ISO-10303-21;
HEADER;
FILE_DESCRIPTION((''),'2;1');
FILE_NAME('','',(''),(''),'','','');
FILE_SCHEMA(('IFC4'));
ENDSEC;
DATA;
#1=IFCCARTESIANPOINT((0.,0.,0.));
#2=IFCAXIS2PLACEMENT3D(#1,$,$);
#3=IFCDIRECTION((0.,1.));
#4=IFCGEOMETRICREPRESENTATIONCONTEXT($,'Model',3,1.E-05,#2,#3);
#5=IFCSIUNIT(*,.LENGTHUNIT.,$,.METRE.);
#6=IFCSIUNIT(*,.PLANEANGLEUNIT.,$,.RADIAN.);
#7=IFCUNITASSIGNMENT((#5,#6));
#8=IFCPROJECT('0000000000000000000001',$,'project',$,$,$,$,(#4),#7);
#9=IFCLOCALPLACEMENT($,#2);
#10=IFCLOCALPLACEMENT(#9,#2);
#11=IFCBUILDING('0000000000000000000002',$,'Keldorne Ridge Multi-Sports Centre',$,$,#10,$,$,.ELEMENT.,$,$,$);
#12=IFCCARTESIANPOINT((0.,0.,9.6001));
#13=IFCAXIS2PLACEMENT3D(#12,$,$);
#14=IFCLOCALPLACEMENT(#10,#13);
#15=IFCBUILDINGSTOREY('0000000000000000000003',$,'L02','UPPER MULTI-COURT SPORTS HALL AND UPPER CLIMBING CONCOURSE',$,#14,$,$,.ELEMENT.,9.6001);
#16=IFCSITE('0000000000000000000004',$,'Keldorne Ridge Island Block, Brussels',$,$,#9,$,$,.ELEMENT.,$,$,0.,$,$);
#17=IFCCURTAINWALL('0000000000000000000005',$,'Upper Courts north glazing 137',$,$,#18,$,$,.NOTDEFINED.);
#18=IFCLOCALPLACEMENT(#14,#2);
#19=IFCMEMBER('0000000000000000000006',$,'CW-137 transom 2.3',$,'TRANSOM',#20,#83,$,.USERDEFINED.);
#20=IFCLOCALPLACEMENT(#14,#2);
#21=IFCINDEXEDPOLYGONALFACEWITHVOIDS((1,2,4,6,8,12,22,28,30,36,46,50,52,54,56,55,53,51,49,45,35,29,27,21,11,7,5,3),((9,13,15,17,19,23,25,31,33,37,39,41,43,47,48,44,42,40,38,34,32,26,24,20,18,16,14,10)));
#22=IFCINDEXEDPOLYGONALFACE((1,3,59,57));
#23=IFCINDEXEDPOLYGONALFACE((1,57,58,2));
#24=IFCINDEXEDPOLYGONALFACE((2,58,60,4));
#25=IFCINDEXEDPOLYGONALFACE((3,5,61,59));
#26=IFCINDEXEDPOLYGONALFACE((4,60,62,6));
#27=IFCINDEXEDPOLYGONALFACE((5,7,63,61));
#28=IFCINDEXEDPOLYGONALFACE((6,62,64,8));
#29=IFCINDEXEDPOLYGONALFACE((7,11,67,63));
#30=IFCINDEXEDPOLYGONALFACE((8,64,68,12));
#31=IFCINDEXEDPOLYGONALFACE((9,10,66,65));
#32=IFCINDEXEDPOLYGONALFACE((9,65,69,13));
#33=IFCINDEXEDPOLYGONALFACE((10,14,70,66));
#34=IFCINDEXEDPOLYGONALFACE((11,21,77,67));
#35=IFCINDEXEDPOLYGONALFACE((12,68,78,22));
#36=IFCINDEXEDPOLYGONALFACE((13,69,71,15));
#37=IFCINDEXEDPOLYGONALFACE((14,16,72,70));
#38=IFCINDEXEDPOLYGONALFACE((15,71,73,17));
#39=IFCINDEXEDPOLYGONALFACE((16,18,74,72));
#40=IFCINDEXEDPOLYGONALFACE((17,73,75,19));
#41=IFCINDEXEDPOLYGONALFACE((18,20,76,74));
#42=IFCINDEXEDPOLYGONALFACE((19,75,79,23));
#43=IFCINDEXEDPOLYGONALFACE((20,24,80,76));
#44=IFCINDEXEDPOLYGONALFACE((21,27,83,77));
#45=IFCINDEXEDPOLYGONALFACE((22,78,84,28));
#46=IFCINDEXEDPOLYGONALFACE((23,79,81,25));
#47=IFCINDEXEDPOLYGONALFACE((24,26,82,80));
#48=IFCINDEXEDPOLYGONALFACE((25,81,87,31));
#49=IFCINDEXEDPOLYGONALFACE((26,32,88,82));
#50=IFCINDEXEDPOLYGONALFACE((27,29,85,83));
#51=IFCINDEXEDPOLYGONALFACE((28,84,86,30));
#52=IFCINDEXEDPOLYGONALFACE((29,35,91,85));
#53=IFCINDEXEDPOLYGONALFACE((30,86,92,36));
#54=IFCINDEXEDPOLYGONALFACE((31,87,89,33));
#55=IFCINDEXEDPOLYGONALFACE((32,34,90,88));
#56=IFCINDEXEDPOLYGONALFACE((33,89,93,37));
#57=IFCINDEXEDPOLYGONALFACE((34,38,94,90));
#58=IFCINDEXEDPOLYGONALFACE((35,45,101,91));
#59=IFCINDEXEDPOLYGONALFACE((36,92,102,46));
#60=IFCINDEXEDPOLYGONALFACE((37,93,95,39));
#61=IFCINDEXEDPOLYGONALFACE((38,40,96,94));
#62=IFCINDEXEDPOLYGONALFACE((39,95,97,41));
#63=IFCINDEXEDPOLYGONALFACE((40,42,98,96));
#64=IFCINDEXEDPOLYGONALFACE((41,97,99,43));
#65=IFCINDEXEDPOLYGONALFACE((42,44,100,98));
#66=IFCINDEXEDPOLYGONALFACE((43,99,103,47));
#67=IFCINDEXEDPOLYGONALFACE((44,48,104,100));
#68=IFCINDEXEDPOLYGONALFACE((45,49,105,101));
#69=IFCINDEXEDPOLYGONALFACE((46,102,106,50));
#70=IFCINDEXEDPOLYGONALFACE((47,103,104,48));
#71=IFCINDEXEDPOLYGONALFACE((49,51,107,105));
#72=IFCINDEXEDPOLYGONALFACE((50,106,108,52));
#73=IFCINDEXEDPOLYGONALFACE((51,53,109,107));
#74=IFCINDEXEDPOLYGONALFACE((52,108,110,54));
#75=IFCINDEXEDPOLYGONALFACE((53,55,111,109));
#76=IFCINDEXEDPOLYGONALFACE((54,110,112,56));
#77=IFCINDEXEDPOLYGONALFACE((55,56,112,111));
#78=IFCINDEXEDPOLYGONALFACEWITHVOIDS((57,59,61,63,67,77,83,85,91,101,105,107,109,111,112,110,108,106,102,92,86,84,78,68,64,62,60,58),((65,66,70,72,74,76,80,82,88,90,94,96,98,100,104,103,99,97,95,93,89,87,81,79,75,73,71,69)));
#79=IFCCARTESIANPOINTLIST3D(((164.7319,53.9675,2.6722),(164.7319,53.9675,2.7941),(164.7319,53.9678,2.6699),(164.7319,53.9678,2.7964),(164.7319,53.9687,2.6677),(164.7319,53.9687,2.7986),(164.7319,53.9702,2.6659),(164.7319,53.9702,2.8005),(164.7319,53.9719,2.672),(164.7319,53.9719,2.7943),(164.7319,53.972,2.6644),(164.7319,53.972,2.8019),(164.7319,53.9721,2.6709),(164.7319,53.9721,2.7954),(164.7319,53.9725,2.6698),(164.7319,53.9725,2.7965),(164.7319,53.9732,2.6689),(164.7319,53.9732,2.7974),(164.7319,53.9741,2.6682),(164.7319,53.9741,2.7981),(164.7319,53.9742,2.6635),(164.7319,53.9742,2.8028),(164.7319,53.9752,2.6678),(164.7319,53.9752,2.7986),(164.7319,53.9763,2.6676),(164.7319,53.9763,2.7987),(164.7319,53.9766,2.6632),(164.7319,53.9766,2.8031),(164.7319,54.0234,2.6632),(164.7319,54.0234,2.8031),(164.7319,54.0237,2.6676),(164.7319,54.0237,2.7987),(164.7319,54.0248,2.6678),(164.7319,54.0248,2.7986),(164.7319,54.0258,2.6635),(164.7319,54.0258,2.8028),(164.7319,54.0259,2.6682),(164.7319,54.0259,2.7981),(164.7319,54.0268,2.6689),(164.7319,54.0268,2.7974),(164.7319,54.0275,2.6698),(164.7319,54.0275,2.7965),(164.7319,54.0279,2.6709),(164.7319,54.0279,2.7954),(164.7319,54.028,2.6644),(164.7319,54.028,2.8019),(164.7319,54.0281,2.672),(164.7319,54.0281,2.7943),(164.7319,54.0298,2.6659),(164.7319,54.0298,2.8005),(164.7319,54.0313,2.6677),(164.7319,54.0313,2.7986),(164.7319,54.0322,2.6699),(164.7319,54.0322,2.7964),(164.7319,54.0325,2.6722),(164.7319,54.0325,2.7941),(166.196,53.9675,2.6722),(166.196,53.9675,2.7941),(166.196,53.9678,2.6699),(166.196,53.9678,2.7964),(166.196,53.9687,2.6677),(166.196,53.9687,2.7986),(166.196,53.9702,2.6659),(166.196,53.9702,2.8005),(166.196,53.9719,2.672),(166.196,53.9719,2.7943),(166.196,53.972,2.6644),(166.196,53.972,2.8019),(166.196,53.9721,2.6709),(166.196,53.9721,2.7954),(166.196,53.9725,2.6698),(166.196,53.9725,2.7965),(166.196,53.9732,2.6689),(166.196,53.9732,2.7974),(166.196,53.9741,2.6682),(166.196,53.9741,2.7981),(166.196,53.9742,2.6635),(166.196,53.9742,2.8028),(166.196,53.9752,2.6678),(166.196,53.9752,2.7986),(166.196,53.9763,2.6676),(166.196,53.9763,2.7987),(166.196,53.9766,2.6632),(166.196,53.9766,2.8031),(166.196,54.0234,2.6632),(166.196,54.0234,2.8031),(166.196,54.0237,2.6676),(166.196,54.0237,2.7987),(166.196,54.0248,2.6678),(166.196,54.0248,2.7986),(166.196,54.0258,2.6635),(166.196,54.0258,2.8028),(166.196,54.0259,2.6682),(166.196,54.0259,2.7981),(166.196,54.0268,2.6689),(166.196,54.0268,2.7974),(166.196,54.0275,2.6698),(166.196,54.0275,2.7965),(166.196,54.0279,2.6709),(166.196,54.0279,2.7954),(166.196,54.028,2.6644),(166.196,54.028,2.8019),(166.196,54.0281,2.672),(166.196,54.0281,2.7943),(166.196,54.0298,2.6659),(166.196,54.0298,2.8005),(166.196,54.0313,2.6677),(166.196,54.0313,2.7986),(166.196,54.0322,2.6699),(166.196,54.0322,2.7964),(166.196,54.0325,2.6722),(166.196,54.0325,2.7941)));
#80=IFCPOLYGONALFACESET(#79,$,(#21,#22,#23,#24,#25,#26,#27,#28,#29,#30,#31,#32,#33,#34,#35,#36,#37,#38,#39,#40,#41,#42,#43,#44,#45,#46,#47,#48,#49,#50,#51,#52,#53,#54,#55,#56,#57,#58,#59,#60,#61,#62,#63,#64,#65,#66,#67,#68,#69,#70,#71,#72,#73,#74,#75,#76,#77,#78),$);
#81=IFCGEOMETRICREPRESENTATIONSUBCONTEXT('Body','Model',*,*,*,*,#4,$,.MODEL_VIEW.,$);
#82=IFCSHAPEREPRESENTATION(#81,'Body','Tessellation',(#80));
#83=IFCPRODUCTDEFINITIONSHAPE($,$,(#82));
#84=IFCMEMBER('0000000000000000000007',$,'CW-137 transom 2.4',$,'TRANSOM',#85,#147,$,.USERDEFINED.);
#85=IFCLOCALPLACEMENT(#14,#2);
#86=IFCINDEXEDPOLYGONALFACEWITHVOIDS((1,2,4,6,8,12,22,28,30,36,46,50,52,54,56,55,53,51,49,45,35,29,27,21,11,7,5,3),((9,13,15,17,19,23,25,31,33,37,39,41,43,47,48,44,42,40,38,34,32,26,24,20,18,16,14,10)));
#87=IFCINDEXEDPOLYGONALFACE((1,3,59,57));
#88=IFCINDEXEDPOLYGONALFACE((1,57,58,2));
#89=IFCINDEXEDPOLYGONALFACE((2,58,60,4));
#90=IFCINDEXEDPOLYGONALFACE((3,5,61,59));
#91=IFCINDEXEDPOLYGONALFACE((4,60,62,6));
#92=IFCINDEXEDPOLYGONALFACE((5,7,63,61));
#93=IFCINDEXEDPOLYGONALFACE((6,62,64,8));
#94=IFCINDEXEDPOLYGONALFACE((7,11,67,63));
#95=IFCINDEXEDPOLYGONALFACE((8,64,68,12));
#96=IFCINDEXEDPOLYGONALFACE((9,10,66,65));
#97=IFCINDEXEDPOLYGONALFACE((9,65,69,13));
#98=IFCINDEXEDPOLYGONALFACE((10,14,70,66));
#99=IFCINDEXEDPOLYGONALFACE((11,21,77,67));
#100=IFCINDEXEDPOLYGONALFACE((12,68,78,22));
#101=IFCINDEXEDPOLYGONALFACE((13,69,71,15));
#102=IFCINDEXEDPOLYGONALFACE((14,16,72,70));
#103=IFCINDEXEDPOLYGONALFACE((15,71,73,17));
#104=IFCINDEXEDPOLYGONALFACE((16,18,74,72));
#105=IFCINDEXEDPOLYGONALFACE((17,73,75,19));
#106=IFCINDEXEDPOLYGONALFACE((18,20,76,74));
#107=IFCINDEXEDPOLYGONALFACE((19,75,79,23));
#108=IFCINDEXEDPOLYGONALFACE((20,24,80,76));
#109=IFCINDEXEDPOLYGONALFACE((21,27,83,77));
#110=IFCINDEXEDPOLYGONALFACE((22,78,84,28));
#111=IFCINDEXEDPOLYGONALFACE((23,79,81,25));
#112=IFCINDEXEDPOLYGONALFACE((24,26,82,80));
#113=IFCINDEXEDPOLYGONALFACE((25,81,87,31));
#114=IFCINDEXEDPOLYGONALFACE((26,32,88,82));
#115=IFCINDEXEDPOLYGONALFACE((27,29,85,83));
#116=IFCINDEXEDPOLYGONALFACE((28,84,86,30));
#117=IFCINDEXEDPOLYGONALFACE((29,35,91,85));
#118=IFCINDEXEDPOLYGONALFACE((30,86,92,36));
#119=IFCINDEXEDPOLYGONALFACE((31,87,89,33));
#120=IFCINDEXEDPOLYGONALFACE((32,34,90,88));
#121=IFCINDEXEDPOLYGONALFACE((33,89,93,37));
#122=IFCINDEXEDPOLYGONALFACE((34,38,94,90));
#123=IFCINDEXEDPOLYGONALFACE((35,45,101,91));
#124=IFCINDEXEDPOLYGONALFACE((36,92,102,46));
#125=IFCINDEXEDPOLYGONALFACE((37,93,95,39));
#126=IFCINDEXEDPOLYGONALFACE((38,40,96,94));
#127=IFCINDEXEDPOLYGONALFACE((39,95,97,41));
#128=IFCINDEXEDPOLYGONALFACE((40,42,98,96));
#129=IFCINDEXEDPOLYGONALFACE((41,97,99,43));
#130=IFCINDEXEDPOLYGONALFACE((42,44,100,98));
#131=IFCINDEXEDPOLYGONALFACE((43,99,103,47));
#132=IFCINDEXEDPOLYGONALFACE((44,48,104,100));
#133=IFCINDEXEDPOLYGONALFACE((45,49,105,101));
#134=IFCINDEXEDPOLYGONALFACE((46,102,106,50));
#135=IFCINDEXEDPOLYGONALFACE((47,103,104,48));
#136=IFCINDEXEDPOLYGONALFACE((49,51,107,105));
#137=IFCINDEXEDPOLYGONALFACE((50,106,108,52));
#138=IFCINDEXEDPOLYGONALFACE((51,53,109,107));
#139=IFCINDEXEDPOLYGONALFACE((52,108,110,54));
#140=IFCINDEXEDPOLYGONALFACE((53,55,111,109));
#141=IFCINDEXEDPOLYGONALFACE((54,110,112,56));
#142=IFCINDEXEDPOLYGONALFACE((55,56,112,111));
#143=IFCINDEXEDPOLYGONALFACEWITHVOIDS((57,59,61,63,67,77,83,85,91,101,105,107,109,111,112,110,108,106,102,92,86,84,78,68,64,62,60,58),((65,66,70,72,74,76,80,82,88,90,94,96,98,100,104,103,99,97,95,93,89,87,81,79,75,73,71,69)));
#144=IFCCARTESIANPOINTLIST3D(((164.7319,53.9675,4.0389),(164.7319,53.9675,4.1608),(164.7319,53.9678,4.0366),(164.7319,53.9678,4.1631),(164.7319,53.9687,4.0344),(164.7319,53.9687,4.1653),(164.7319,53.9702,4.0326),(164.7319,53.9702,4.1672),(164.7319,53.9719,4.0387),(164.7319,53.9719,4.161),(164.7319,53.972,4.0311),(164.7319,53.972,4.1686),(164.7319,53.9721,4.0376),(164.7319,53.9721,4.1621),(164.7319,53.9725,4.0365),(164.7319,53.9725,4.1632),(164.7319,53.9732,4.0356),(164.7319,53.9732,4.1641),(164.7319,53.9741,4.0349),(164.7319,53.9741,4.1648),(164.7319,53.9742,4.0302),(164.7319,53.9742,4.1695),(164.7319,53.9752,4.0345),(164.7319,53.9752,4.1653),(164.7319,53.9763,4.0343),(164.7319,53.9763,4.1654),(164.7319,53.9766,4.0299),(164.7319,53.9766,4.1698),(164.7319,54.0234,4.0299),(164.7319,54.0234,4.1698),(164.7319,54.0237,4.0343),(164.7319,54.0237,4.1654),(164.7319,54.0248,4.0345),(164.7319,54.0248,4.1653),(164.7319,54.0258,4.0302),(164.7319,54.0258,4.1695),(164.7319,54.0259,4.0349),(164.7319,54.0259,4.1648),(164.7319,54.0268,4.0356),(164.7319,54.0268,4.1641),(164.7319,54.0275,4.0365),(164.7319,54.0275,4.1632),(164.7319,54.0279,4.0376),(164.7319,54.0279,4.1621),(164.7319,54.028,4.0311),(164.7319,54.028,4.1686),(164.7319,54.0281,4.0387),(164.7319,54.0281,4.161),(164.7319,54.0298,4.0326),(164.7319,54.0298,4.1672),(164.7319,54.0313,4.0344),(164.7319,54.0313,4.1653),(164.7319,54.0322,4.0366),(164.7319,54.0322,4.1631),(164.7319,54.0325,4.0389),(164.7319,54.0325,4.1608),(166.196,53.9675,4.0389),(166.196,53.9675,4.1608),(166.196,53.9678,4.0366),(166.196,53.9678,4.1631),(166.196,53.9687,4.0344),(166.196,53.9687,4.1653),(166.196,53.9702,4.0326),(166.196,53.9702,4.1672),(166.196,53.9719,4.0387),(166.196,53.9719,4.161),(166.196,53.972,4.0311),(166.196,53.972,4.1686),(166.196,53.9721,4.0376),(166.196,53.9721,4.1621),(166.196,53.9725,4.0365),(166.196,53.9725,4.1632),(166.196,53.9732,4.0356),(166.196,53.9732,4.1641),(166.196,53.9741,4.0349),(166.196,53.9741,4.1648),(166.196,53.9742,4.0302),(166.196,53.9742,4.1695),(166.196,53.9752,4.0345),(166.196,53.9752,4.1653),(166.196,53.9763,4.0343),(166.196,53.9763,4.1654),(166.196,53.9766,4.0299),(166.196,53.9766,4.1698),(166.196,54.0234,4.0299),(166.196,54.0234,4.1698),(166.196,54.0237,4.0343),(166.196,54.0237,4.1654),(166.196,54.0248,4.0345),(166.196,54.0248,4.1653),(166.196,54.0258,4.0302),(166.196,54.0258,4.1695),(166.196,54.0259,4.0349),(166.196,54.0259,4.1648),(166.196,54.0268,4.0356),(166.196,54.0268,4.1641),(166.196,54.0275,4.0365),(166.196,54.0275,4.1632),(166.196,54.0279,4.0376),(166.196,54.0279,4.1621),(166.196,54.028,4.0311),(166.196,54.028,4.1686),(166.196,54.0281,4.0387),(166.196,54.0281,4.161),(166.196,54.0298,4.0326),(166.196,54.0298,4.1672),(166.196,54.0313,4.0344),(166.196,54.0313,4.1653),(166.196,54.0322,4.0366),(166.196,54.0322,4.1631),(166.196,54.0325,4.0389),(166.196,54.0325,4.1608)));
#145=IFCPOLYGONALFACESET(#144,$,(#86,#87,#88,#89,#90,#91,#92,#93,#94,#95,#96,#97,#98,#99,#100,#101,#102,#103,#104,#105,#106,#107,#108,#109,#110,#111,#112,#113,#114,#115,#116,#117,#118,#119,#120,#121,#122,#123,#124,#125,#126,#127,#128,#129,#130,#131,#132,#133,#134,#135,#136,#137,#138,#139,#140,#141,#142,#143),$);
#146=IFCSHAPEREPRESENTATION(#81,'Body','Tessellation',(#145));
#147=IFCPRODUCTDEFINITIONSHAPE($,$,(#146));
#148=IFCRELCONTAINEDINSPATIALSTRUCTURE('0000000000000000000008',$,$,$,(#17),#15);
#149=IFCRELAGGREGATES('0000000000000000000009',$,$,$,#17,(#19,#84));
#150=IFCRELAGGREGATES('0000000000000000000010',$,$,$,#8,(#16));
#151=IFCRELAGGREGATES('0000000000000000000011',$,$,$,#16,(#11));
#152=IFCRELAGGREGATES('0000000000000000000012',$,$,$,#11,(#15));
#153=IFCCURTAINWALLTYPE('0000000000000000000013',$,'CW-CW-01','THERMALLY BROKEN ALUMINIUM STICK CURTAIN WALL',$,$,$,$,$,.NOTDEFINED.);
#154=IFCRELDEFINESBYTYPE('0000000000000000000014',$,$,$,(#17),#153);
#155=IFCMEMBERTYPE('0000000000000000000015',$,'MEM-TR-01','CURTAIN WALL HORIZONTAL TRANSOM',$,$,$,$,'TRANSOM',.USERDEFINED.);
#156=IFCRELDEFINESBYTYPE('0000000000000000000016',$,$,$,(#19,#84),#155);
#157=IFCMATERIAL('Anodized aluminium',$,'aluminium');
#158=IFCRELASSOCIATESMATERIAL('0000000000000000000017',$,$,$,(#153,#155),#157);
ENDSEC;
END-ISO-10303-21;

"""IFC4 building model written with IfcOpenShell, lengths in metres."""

from ifc_helpers import new_model, si_unit, direction, frame, origin, origin_2d, place, context, subcontext, project, spatial, hollow_rectangle, extrude, material, material_profile, profile_set, type_object, element, aggregate, save


model = new_model("IFC4")

# Units and contexts
model_context = context("Model", 3, precision=1e-05, world=origin(), true_north=direction((0.0, 1.0)))
body_context = subcontext(model_context, "Body", "Model", "MODEL_VIEW")
ifc_project = project(units=[si_unit("LENGTHUNIT", "METRE"), si_unit("PLANEANGLEUNIT", "RADIAN")], contexts=[model_context])

# Site, building, storey
site_placement = place(None, origin())
site = spatial("IfcSite", under=ifc_project, at=site_placement, Name="Keldorne Ridge Island Block, Brussels", CompositionType="ELEMENT", RefElevation=0.0)
building_placement = place(site_placement, origin())
building = spatial("IfcBuilding", under=site, at=building_placement, Name="Keldorne Ridge Multi-Sports Centre", CompositionType="ELEMENT")
storey_placement = place(building_placement, frame((0.0, 0.0, 9.6001)))
storey = spatial("IfcBuildingStorey", under=building, at=storey_placement, Name="L02", Description="UPPER MULTI-COURT SPORTS HALL AND UPPER CLIMBING CONCOURSE", CompositionType="ELEMENT", Elevation=9.6001)

# Curtain wall, members
ifc_material_1 = material(Name="Anodized aluminium", Category="aluminium")
curtain_wall_type = type_object("IfcCurtainWallType", Name="CW-CW-01", Description="THERMALLY BROKEN ALUMINIUM STICK CURTAIN WALL", PredefinedType="NOTDEFINED", material=ifc_material_1)
curtain_wall_placement = place(storey_placement, origin())
curtain_wall = element("IfcCurtainWall", 1, at=curtain_wall_placement, inside=storey, type_object=curtain_wall_type, Name="Upper Courts north glazing 137", PredefinedType="NOTDEFINED")
ifc_material_profile_1 = material_profile(ifc_material_1, hollow_rectangle(XDim=0.0649, YDim=0.1399, WallThickness=0.0044, InnerFilletRadius=0.0044, OuterFilletRadius=0.009, at=origin_2d()), Name="ALU TRANSOM 140x65x4.5")
ifc_profile_set_1 = profile_set([ifc_material_profile_1], Name="Anodized aluminium")
member_type_1 = type_object("IfcMemberType", Name="MEM-TR-01", Description="CURTAIN WALL HORIZONTAL TRANSOM", ElementType="TRANSOM", PredefinedType="USERDEFINED", material=ifc_profile_set_1)
member_1_placement = place(storey_placement, frame((166.196, 54.0, 2.7332), z_axis=(-1.0, 0.0, 0.0), x_axis=(0.0, -1.0, 0.0)))
member_1 = element("IfcMember", 2, at=member_1_placement, type_object=member_type_1, Name="CW-137 transom 2.3", ObjectType="TRANSOM", PredefinedType="USERDEFINED", context=body_context, shape_type="SweptSolid", body=[
    extrude(hollow_rectangle(XDim=0.0649, YDim=0.1399, WallThickness=0.0044, InnerFilletRadius=0.0044, OuterFilletRadius=0.009, at=origin_2d()), origin(), (0.0, 0.0, 1.0), 1.4641),
])
member_2_placement = place(storey_placement, frame((166.196, 54.0, 4.0999), z_axis=(-1.0, 0.0, 0.0), x_axis=(0.0, -1.0, 0.0)))
member_2 = element("IfcMember", 3, at=member_2_placement, type_object=member_type_1, Name="CW-137 transom 2.4", ObjectType="TRANSOM", PredefinedType="USERDEFINED", context=body_context, shape_type="SweptSolid", body=[
    extrude(hollow_rectangle(XDim=0.0649, YDim=0.1399, WallThickness=0.0044, InnerFilletRadius=0.0044, OuterFilletRadius=0.009, at=origin_2d()), origin(), (0.0, 0.0, 1.0), 1.4641),
])
aggregate(curtain_wall, [member_1, member_2])

save(model, "model.ifc")
